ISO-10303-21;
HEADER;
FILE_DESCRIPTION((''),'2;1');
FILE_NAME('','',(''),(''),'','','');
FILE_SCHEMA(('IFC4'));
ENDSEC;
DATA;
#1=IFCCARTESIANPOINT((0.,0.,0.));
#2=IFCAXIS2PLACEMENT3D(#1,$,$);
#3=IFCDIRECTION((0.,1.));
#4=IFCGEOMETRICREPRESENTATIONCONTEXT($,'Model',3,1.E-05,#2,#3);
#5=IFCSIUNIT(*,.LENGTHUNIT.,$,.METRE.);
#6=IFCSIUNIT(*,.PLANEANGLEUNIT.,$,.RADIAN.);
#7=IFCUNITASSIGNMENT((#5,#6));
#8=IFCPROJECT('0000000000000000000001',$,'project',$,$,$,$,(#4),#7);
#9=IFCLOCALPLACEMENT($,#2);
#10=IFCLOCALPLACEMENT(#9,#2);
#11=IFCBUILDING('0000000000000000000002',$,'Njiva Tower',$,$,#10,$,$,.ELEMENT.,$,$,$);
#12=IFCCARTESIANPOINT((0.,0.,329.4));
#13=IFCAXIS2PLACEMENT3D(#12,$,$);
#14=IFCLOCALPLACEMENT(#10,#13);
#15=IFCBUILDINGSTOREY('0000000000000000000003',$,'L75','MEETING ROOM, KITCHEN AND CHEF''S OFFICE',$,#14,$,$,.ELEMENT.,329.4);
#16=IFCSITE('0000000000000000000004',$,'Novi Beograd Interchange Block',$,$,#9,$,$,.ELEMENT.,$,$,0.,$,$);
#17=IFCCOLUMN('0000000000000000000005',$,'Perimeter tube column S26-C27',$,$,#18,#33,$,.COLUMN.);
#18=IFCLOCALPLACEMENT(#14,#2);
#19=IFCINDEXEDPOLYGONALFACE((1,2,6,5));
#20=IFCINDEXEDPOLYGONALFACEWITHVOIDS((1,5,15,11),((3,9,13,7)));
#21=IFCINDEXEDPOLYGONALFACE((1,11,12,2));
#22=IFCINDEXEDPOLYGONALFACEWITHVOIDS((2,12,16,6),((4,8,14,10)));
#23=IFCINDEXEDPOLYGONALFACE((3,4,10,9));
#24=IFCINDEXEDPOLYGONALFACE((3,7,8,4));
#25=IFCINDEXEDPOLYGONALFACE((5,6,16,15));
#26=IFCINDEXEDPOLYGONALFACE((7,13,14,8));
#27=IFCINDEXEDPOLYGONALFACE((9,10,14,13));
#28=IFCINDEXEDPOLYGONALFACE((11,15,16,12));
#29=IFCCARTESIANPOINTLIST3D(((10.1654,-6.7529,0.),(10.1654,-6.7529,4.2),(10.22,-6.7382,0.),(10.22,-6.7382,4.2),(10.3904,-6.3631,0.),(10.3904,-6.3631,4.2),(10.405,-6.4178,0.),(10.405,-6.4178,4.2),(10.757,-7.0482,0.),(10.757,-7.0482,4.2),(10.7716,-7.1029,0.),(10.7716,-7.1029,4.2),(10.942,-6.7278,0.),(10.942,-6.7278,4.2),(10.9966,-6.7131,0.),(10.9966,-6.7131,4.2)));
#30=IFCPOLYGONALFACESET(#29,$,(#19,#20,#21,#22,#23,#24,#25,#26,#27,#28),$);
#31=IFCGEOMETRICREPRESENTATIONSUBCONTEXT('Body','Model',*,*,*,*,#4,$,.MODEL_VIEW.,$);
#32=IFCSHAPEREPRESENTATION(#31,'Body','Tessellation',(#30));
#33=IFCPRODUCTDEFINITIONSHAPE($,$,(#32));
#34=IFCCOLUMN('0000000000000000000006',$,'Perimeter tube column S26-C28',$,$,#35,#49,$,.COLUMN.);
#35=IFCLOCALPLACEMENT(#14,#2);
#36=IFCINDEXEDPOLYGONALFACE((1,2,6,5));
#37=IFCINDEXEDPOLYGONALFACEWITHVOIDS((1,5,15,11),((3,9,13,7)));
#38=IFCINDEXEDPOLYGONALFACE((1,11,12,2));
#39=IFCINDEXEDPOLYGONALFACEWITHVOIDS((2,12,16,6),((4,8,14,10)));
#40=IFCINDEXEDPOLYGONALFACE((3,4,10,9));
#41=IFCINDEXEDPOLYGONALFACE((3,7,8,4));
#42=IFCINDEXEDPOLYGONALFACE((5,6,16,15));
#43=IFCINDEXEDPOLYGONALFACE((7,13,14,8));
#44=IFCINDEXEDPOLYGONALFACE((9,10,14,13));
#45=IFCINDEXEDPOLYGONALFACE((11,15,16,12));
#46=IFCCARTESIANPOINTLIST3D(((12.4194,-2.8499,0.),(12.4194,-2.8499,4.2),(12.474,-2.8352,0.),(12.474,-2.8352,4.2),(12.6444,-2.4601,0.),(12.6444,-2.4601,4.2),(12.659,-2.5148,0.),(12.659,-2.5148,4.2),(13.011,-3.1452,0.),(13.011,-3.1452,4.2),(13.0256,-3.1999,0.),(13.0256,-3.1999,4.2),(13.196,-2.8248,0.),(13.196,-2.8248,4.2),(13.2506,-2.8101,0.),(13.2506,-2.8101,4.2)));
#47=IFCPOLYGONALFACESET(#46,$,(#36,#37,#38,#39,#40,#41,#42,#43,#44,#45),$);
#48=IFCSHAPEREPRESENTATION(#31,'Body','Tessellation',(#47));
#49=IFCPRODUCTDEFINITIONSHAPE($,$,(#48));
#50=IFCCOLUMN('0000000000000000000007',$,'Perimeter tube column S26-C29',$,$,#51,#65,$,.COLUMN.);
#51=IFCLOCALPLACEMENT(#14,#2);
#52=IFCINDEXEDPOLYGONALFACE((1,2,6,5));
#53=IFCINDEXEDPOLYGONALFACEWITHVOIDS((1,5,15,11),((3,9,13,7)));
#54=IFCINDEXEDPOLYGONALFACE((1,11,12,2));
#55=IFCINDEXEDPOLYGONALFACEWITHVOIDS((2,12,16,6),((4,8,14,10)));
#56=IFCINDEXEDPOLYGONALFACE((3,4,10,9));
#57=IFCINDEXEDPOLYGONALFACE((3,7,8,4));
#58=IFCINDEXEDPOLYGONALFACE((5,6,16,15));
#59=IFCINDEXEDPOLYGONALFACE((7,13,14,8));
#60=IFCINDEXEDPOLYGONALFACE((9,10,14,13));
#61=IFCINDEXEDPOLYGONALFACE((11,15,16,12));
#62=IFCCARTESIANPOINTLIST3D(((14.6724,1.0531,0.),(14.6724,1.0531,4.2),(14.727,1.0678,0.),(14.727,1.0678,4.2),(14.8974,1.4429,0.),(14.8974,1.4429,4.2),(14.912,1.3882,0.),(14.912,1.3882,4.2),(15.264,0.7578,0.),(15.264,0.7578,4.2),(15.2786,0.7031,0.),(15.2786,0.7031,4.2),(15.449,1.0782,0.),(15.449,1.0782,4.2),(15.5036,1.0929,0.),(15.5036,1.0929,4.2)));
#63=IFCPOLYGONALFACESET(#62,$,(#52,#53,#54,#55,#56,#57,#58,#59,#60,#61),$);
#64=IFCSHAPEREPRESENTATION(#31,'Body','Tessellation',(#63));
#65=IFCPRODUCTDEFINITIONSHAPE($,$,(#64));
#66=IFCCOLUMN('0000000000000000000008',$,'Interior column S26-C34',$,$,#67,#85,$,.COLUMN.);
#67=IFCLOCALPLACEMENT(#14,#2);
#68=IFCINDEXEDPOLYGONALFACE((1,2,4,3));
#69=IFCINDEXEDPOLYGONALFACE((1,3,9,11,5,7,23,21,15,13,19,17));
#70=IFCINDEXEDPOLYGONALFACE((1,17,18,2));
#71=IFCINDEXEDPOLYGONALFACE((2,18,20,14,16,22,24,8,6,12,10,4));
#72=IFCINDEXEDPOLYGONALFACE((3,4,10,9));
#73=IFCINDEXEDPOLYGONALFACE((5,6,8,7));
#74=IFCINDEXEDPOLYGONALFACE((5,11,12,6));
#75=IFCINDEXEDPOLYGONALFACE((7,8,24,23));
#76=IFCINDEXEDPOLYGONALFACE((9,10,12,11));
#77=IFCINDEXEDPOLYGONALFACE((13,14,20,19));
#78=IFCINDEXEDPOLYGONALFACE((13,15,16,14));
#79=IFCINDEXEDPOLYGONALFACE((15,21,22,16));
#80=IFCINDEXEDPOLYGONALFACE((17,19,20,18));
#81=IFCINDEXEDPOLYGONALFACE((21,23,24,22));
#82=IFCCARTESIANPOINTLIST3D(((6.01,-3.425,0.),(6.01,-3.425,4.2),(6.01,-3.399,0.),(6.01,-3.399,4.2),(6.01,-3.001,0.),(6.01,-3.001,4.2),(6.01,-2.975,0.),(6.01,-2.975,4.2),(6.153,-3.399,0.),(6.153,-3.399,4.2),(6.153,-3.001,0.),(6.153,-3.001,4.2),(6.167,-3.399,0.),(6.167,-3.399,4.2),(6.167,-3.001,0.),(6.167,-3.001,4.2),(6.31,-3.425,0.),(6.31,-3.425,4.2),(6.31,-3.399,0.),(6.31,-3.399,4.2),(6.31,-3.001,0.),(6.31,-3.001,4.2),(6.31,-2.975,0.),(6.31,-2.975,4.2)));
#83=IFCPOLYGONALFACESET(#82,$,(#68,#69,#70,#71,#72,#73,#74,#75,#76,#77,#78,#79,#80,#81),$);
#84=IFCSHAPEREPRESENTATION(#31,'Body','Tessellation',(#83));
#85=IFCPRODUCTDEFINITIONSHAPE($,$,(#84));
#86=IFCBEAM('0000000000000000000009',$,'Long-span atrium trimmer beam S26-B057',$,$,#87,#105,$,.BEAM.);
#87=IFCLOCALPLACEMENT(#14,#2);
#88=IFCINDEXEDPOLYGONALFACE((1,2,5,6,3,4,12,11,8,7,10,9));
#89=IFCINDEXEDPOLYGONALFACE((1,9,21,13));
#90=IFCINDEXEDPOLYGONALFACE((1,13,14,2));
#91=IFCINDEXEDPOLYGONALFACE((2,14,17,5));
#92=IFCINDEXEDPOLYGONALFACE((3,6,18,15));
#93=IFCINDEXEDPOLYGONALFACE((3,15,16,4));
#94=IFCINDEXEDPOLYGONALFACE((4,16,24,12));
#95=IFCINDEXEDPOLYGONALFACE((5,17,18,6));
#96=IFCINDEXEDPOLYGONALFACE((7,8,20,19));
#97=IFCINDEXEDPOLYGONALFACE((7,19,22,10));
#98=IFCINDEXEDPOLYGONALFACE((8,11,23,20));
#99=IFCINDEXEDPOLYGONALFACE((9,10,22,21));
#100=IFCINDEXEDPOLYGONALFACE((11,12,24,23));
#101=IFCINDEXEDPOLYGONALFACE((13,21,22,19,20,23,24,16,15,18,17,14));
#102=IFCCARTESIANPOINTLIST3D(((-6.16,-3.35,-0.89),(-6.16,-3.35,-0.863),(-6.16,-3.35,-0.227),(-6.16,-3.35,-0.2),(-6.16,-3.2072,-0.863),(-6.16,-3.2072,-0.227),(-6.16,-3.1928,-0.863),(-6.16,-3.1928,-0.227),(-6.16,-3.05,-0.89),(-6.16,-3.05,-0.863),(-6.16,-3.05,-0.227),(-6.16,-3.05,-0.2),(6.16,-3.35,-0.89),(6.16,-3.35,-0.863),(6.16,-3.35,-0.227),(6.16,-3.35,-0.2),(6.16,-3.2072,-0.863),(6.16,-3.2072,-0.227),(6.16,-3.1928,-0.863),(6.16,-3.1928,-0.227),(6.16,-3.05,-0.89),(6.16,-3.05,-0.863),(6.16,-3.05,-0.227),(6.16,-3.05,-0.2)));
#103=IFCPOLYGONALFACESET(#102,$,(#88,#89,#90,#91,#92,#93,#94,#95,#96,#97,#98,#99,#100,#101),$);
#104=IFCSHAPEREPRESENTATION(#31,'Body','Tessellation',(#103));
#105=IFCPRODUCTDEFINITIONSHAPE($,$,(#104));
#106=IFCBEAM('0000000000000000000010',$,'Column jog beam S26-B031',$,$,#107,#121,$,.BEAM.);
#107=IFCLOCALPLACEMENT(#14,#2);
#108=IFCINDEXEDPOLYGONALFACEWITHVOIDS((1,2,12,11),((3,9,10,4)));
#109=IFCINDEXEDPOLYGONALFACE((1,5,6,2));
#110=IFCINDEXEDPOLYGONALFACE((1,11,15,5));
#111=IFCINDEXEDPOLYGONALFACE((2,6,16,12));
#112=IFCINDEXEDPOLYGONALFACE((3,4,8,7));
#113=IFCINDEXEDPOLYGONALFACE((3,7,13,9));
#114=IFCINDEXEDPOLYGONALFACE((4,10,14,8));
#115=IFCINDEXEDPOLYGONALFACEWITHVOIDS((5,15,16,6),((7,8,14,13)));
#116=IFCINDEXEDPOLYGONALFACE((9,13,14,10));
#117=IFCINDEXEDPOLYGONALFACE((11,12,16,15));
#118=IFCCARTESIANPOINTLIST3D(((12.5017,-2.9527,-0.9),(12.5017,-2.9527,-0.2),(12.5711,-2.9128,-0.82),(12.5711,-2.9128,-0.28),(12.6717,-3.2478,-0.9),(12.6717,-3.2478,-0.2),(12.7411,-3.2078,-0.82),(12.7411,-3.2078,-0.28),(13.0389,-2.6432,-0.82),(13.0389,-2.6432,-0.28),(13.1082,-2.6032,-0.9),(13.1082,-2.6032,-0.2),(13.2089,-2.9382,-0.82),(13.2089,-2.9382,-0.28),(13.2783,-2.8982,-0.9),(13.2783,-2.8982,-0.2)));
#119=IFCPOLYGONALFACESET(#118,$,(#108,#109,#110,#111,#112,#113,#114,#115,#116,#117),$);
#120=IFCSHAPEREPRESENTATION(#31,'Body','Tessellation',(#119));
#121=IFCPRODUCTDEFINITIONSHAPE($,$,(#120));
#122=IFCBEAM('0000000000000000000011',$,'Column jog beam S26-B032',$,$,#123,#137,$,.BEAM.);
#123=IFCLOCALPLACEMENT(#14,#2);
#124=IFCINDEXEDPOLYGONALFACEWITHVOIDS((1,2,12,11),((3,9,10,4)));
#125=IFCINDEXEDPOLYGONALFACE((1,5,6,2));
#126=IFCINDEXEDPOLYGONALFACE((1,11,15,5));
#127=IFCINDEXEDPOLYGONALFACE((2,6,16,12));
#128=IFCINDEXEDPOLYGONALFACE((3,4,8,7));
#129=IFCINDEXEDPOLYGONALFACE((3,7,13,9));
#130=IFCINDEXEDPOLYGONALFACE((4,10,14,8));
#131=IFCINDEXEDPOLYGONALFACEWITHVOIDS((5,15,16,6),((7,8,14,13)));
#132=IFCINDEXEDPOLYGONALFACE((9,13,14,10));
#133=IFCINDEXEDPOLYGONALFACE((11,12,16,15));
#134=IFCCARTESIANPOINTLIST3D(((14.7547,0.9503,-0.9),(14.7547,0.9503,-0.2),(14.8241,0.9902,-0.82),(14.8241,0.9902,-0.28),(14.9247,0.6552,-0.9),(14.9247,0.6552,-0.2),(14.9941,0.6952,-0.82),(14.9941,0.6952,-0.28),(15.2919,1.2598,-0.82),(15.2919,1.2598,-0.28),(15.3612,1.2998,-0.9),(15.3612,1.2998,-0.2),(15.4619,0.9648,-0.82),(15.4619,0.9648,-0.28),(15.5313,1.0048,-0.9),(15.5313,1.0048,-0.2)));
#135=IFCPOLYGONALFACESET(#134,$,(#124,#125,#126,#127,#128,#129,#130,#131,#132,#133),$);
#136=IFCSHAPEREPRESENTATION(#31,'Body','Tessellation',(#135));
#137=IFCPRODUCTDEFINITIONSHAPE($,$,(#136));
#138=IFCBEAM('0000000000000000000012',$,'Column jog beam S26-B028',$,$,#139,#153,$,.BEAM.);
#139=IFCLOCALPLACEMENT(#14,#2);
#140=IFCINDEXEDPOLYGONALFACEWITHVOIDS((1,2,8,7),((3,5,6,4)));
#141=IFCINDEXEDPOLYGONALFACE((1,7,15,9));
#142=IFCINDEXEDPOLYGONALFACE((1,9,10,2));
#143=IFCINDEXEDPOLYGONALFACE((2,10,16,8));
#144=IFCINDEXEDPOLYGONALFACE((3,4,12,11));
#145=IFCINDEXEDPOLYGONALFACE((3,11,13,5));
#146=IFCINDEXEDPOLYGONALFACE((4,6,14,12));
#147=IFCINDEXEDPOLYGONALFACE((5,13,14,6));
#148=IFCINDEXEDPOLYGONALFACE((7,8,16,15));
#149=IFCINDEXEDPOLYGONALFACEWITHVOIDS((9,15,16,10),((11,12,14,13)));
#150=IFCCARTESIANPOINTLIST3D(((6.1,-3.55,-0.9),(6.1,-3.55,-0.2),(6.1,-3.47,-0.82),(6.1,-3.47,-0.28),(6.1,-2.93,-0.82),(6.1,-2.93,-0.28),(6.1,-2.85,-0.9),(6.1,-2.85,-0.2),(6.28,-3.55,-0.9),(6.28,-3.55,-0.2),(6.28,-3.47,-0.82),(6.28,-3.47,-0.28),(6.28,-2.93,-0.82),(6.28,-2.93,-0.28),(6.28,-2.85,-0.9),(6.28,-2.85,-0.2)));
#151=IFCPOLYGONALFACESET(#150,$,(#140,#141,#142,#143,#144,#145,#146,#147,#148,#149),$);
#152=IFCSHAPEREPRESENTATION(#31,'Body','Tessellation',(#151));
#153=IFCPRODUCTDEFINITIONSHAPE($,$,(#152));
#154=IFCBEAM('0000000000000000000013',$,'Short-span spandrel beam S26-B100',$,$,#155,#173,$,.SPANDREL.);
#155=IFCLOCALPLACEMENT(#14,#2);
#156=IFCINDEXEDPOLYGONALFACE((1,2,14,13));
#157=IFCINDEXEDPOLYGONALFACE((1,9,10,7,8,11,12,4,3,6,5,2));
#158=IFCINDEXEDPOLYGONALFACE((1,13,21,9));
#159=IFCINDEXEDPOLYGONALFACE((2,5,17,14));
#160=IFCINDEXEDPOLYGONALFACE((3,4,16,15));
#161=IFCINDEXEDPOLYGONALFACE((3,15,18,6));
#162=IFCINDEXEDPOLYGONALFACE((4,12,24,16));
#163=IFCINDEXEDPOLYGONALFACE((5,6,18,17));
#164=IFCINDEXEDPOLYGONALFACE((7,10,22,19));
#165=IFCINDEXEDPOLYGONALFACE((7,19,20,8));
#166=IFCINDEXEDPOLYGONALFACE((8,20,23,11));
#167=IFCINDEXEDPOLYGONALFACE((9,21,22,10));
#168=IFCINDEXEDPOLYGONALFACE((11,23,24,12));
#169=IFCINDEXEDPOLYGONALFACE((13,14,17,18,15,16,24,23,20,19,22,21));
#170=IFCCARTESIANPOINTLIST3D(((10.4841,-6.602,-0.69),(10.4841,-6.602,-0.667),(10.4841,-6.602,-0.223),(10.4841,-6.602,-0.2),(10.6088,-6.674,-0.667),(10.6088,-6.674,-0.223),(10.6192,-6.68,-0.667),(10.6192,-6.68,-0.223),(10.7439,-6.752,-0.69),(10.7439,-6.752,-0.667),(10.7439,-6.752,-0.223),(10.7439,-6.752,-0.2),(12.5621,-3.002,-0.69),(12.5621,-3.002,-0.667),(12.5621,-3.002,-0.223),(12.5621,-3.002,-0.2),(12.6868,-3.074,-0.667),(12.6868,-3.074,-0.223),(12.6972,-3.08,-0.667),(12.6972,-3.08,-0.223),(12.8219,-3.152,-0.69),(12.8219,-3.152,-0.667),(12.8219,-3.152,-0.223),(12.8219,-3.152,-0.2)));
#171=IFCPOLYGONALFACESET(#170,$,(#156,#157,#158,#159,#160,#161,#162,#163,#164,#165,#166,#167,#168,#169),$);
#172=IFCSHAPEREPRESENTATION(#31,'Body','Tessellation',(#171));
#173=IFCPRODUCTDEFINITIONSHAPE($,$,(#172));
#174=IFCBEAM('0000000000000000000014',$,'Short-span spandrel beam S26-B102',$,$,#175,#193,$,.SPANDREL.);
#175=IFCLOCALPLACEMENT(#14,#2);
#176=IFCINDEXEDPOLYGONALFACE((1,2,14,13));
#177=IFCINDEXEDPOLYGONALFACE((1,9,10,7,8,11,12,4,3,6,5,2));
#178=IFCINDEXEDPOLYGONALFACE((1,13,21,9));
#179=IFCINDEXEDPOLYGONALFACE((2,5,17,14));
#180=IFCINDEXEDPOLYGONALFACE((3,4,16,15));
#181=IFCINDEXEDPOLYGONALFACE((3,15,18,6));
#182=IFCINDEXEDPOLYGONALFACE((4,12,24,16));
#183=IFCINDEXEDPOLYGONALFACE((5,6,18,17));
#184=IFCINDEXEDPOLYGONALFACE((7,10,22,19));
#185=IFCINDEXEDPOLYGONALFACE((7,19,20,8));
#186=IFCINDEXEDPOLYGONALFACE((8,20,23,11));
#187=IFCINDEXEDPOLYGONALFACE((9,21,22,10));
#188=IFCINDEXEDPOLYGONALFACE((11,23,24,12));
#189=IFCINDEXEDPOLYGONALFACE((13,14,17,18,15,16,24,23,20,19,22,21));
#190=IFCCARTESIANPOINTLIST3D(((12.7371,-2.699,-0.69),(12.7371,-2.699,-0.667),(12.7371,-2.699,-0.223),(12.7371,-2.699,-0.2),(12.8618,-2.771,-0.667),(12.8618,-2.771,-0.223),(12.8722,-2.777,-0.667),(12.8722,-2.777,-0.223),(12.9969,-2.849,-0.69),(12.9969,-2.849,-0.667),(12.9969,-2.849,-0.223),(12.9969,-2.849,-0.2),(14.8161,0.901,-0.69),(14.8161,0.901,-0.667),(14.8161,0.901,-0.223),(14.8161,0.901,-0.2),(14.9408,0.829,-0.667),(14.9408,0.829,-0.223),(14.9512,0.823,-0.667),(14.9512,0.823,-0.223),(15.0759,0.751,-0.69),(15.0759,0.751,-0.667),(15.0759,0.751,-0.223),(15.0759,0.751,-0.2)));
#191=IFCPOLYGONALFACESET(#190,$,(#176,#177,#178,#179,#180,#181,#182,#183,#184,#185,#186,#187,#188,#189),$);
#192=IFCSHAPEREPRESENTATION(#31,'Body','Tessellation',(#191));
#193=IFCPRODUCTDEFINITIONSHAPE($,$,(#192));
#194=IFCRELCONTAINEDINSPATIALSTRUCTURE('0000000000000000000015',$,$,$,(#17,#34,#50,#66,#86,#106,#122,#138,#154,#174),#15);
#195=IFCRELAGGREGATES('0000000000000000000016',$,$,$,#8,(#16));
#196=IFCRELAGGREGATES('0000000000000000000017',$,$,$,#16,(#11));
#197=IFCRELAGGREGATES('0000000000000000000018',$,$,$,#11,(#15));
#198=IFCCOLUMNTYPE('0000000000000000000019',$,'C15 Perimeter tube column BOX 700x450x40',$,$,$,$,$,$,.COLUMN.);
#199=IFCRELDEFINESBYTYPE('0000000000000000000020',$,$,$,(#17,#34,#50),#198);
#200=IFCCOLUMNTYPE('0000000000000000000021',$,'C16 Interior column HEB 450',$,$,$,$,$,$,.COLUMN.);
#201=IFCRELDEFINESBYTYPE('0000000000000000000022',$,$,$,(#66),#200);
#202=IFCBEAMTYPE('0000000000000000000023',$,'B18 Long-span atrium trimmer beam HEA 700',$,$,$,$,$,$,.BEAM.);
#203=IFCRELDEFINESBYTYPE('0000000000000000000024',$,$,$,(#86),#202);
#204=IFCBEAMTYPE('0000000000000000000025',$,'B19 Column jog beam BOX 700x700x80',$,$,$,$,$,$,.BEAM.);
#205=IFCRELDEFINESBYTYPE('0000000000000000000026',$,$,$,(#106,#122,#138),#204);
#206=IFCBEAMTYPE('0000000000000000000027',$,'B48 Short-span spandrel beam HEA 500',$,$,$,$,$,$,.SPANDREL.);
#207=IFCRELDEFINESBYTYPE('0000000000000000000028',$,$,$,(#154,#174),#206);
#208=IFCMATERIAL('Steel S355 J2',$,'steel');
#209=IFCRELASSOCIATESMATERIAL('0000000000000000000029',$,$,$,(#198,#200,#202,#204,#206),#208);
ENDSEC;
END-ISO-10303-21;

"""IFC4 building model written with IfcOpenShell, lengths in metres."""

from ifc_helpers import new_model, si_unit, direction, frame, origin, origin_2d, place, context, subcontext, project, spatial, hollow_rectangle, i_section, extrude, material, material_profile, profile_set, type_object, element, save


model = new_model("IFC4")

# Units and contexts
model_context = context("Model", 3, precision=1e-05, world=origin(), true_north=direction((0.0, 1.0)))
body_context = subcontext(model_context, "Body", "Model", "MODEL_VIEW")
ifc_project = project(units=[si_unit("LENGTHUNIT", "METRE"), si_unit("PLANEANGLEUNIT", "RADIAN")], contexts=[model_context])

# Site, building, storey
site_placement = place(None, origin())
site = spatial("IfcSite", under=ifc_project, at=site_placement, Name="Novi Beograd Interchange Block", CompositionType="ELEMENT", RefElevation=0.0)
building_placement = place(site_placement, origin())
building = spatial("IfcBuilding", under=site, at=building_placement, Name="Njiva Tower", CompositionType="ELEMENT")
storey_placement = place(building_placement, frame((0.0, 0.0, 329.4)))
storey = spatial("IfcBuildingStorey", under=building, at=storey_placement, Name="L75", Description="MEETING ROOM, KITCHEN AND CHEF'S OFFICE", CompositionType="ELEMENT", Elevation=329.4)

# Columns
ifc_material_1 = material(Name="Steel S355 J2", Category="steel")
ifc_material_profile_1 = material_profile(ifc_material_1, hollow_rectangle(XDim=0.45, YDim=0.7, WallThickness=0.04, at=origin_2d()), Name="BOX 700x450x40")
ifc_profile_set_1 = profile_set([ifc_material_profile_1], Name="Steel S355 J2")
column_type_1 = type_object("IfcColumnType", Name="C15 Perimeter tube column BOX 700x450x40", PredefinedType="COLUMN", material=ifc_profile_set_1)
for number, where, z_axis, x_axis, name in (
    (1, (10.581, -6.733, 0.0), (0.0, 0.0, 1.0), (0.5, 0.866025, 0.0), "Perimeter tube column S26-C27"),
    (2, (12.835, -2.83, 0.0), (0.0, 0.0, 1.0), (0.5, 0.866025, 0.0), "Perimeter tube column S26-C28"),
    (3, (15.088, 1.073, 0.0), (0.0, 0.0, 1.0), (0.5, 0.866025, 0.0), "Perimeter tube column S26-C29"),
):
    element("IfcColumn", number, at=place(storey_placement, frame(where, z_axis=z_axis, x_axis=x_axis)), inside=storey, type_object=column_type_1, Name=name, PredefinedType="COLUMN", context=body_context, shape_type="SweptSolid", body=[
        extrude(hollow_rectangle(XDim=0.45, YDim=0.7, WallThickness=0.04, at=origin_2d()), origin(), (0.0, 0.0, 1.0), 4.2),
    ])
ifc_material_profile_2 = material_profile(ifc_material_1, i_section(OverallWidth=0.3, OverallDepth=0.45, WebThickness=0.014, FlangeThickness=0.026, at=origin_2d()), Name="HEB 450")
ifc_profile_set_2 = profile_set([ifc_material_profile_2], Name="Steel S355 J2")
column_type_2 = type_object("IfcColumnType", Name="C16 Interior column HEB 450", PredefinedType="COLUMN", material=ifc_profile_set_2)
column_placement = place(storey_placement, frame((6.16, -3.2, 0.0), z_axis=(0.0, 0.0, 1.0), x_axis=(1.0, 0.0, 0.0)))
element("IfcColumn", 4, at=column_placement, inside=storey, type_object=column_type_2, Name="Interior column S26-C34", PredefinedType="COLUMN", context=body_context, shape_type="SweptSolid", body=[
    extrude(i_section(OverallWidth=0.3, OverallDepth=0.45, WebThickness=0.014, FlangeThickness=0.026, at=origin_2d()), origin(), (0.0, 0.0, 1.0), 4.2),
])

# Beams
ifc_material_profile_3 = material_profile(ifc_material_1, i_section(OverallWidth=0.3, OverallDepth=0.69, WebThickness=0.0145, FlangeThickness=0.027, at=origin_2d()), Name="HEA 700")
ifc_profile_set_3 = profile_set([ifc_material_profile_3], Name="Steel S355 J2")
beam_type_1 = type_object("IfcBeamType", Name="B18 Long-span atrium trimmer beam HEA 700", PredefinedType="BEAM", material=ifc_profile_set_3)
beam_1_placement = place(storey_placement, frame((6.16, -3.2, -0.545), z_axis=(-1.0, 0.0, 0.0), x_axis=(0.0, -1.0, 0.0)))
element("IfcBeam", 5, at=beam_1_placement, inside=storey, type_object=beam_type_1, Name="Long-span atrium trimmer beam S26-B057", PredefinedType="BEAM", context=body_context, shape_type="SweptSolid", body=[
    extrude(i_section(OverallWidth=0.3, OverallDepth=0.69, WebThickness=0.0145, FlangeThickness=0.027, at=origin_2d()), origin(), (0.0, 0.0, 1.0), 12.32),
])
ifc_material_profile_4 = material_profile(ifc_material_1, hollow_rectangle(XDim=0.7, YDim=0.7, WallThickness=0.08, at=origin_2d()), Name="BOX 700x700x80")
ifc_profile_set_4 = profile_set([ifc_material_profile_4], Name="Steel S355 J2")
beam_type_2 = type_object("IfcBeamType", Name="B19 Column jog beam BOX 700x700x80", PredefinedType="BEAM", material=ifc_profile_set_4)
for number, where, z_axis, x_axis, name in (
    (6, (12.975, -3.073, -0.55), (-0.499299, 0.86643, 0.0), (-0.86643, -0.499299, 0.0), "Column jog beam S26-B031"),
    (7, (15.228, 0.83, -0.55), (-0.499299, 0.86643, 0.0), (-0.86643, -0.499299, 0.0), "Column jog beam S26-B032"),
):
    element("IfcBeam", number, at=place(storey_placement, frame(where, z_axis=z_axis, x_axis=x_axis)), inside=storey, type_object=beam_type_2, Name=name, PredefinedType="BEAM", context=body_context, shape_type="SweptSolid", body=[
        extrude(hollow_rectangle(XDim=0.7, YDim=0.7, WallThickness=0.08, at=origin_2d()), origin(), (0.0, 0.0, 1.0), 0.3405),
    ])
beam_2_placement = place(storey_placement, frame((6.28, -3.2, -0.55), z_axis=(-1.0, 0.0, 0.0), x_axis=(0.0, -1.0, 0.0)))
element("IfcBeam", 8, at=beam_2_placement, inside=storey, type_object=beam_type_2, Name="Column jog beam S26-B028", PredefinedType="BEAM", context=body_context, shape_type="SweptSolid", body=[
    extrude(hollow_rectangle(XDim=0.7, YDim=0.7, WallThickness=0.08, at=origin_2d()), origin(), (0.0, 0.0, 1.0), 0.18),
])
ifc_material_profile_5 = material_profile(ifc_material_1, i_section(OverallWidth=0.3, OverallDepth=0.49, WebThickness=0.012, FlangeThickness=0.023, at=origin_2d()), Name="HEA 500")
ifc_profile_set_5 = profile_set([ifc_material_profile_5], Name="Steel S355 J2")
beam_type_3 = type_object("IfcBeamType", Name="B48 Short-span spandrel beam HEA 500", PredefinedType="SPANDREL", material=ifc_profile_set_5)
beam_3_placement = place(storey_placement, frame((10.614, -6.677, -0.445), z_axis=(0.499917, 0.866073, 0.0), x_axis=(-0.866073, 0.499917, 0.0)))
element("IfcBeam", 9, at=beam_3_placement, inside=storey, type_object=beam_type_3, Name="Short-span spandrel beam S26-B100", PredefinedType="SPANDREL", context=body_context, shape_type="SweptSolid", body=[
    extrude(i_section(OverallWidth=0.3, OverallDepth=0.49, WebThickness=0.012, FlangeThickness=0.023, at=origin_2d()), origin(), (0.0, 0.0, 1.0), 4.1567),
])
for number, where, z_axis, x_axis, name in (
    (10, (12.867, -2.774, -0.445), (0.500097, 0.865969, 0.0), (-0.865969, 0.500097, 0.0), "Short-span spandrel beam S26-B102"),
):
    element("IfcBeam", number, at=place(storey_placement, frame(where, z_axis=z_axis, x_axis=x_axis)), inside=storey, type_object=beam_type_3, Name=name, PredefinedType="SPANDREL", context=body_context, shape_type="SweptSolid", body=[
        extrude(i_section(OverallWidth=0.3, OverallDepth=0.49, WebThickness=0.012, FlangeThickness=0.023, at=origin_2d()), origin(), (0.0, 0.0, 1.0), 4.1572),
    ])

save(model, "model.ifc")
